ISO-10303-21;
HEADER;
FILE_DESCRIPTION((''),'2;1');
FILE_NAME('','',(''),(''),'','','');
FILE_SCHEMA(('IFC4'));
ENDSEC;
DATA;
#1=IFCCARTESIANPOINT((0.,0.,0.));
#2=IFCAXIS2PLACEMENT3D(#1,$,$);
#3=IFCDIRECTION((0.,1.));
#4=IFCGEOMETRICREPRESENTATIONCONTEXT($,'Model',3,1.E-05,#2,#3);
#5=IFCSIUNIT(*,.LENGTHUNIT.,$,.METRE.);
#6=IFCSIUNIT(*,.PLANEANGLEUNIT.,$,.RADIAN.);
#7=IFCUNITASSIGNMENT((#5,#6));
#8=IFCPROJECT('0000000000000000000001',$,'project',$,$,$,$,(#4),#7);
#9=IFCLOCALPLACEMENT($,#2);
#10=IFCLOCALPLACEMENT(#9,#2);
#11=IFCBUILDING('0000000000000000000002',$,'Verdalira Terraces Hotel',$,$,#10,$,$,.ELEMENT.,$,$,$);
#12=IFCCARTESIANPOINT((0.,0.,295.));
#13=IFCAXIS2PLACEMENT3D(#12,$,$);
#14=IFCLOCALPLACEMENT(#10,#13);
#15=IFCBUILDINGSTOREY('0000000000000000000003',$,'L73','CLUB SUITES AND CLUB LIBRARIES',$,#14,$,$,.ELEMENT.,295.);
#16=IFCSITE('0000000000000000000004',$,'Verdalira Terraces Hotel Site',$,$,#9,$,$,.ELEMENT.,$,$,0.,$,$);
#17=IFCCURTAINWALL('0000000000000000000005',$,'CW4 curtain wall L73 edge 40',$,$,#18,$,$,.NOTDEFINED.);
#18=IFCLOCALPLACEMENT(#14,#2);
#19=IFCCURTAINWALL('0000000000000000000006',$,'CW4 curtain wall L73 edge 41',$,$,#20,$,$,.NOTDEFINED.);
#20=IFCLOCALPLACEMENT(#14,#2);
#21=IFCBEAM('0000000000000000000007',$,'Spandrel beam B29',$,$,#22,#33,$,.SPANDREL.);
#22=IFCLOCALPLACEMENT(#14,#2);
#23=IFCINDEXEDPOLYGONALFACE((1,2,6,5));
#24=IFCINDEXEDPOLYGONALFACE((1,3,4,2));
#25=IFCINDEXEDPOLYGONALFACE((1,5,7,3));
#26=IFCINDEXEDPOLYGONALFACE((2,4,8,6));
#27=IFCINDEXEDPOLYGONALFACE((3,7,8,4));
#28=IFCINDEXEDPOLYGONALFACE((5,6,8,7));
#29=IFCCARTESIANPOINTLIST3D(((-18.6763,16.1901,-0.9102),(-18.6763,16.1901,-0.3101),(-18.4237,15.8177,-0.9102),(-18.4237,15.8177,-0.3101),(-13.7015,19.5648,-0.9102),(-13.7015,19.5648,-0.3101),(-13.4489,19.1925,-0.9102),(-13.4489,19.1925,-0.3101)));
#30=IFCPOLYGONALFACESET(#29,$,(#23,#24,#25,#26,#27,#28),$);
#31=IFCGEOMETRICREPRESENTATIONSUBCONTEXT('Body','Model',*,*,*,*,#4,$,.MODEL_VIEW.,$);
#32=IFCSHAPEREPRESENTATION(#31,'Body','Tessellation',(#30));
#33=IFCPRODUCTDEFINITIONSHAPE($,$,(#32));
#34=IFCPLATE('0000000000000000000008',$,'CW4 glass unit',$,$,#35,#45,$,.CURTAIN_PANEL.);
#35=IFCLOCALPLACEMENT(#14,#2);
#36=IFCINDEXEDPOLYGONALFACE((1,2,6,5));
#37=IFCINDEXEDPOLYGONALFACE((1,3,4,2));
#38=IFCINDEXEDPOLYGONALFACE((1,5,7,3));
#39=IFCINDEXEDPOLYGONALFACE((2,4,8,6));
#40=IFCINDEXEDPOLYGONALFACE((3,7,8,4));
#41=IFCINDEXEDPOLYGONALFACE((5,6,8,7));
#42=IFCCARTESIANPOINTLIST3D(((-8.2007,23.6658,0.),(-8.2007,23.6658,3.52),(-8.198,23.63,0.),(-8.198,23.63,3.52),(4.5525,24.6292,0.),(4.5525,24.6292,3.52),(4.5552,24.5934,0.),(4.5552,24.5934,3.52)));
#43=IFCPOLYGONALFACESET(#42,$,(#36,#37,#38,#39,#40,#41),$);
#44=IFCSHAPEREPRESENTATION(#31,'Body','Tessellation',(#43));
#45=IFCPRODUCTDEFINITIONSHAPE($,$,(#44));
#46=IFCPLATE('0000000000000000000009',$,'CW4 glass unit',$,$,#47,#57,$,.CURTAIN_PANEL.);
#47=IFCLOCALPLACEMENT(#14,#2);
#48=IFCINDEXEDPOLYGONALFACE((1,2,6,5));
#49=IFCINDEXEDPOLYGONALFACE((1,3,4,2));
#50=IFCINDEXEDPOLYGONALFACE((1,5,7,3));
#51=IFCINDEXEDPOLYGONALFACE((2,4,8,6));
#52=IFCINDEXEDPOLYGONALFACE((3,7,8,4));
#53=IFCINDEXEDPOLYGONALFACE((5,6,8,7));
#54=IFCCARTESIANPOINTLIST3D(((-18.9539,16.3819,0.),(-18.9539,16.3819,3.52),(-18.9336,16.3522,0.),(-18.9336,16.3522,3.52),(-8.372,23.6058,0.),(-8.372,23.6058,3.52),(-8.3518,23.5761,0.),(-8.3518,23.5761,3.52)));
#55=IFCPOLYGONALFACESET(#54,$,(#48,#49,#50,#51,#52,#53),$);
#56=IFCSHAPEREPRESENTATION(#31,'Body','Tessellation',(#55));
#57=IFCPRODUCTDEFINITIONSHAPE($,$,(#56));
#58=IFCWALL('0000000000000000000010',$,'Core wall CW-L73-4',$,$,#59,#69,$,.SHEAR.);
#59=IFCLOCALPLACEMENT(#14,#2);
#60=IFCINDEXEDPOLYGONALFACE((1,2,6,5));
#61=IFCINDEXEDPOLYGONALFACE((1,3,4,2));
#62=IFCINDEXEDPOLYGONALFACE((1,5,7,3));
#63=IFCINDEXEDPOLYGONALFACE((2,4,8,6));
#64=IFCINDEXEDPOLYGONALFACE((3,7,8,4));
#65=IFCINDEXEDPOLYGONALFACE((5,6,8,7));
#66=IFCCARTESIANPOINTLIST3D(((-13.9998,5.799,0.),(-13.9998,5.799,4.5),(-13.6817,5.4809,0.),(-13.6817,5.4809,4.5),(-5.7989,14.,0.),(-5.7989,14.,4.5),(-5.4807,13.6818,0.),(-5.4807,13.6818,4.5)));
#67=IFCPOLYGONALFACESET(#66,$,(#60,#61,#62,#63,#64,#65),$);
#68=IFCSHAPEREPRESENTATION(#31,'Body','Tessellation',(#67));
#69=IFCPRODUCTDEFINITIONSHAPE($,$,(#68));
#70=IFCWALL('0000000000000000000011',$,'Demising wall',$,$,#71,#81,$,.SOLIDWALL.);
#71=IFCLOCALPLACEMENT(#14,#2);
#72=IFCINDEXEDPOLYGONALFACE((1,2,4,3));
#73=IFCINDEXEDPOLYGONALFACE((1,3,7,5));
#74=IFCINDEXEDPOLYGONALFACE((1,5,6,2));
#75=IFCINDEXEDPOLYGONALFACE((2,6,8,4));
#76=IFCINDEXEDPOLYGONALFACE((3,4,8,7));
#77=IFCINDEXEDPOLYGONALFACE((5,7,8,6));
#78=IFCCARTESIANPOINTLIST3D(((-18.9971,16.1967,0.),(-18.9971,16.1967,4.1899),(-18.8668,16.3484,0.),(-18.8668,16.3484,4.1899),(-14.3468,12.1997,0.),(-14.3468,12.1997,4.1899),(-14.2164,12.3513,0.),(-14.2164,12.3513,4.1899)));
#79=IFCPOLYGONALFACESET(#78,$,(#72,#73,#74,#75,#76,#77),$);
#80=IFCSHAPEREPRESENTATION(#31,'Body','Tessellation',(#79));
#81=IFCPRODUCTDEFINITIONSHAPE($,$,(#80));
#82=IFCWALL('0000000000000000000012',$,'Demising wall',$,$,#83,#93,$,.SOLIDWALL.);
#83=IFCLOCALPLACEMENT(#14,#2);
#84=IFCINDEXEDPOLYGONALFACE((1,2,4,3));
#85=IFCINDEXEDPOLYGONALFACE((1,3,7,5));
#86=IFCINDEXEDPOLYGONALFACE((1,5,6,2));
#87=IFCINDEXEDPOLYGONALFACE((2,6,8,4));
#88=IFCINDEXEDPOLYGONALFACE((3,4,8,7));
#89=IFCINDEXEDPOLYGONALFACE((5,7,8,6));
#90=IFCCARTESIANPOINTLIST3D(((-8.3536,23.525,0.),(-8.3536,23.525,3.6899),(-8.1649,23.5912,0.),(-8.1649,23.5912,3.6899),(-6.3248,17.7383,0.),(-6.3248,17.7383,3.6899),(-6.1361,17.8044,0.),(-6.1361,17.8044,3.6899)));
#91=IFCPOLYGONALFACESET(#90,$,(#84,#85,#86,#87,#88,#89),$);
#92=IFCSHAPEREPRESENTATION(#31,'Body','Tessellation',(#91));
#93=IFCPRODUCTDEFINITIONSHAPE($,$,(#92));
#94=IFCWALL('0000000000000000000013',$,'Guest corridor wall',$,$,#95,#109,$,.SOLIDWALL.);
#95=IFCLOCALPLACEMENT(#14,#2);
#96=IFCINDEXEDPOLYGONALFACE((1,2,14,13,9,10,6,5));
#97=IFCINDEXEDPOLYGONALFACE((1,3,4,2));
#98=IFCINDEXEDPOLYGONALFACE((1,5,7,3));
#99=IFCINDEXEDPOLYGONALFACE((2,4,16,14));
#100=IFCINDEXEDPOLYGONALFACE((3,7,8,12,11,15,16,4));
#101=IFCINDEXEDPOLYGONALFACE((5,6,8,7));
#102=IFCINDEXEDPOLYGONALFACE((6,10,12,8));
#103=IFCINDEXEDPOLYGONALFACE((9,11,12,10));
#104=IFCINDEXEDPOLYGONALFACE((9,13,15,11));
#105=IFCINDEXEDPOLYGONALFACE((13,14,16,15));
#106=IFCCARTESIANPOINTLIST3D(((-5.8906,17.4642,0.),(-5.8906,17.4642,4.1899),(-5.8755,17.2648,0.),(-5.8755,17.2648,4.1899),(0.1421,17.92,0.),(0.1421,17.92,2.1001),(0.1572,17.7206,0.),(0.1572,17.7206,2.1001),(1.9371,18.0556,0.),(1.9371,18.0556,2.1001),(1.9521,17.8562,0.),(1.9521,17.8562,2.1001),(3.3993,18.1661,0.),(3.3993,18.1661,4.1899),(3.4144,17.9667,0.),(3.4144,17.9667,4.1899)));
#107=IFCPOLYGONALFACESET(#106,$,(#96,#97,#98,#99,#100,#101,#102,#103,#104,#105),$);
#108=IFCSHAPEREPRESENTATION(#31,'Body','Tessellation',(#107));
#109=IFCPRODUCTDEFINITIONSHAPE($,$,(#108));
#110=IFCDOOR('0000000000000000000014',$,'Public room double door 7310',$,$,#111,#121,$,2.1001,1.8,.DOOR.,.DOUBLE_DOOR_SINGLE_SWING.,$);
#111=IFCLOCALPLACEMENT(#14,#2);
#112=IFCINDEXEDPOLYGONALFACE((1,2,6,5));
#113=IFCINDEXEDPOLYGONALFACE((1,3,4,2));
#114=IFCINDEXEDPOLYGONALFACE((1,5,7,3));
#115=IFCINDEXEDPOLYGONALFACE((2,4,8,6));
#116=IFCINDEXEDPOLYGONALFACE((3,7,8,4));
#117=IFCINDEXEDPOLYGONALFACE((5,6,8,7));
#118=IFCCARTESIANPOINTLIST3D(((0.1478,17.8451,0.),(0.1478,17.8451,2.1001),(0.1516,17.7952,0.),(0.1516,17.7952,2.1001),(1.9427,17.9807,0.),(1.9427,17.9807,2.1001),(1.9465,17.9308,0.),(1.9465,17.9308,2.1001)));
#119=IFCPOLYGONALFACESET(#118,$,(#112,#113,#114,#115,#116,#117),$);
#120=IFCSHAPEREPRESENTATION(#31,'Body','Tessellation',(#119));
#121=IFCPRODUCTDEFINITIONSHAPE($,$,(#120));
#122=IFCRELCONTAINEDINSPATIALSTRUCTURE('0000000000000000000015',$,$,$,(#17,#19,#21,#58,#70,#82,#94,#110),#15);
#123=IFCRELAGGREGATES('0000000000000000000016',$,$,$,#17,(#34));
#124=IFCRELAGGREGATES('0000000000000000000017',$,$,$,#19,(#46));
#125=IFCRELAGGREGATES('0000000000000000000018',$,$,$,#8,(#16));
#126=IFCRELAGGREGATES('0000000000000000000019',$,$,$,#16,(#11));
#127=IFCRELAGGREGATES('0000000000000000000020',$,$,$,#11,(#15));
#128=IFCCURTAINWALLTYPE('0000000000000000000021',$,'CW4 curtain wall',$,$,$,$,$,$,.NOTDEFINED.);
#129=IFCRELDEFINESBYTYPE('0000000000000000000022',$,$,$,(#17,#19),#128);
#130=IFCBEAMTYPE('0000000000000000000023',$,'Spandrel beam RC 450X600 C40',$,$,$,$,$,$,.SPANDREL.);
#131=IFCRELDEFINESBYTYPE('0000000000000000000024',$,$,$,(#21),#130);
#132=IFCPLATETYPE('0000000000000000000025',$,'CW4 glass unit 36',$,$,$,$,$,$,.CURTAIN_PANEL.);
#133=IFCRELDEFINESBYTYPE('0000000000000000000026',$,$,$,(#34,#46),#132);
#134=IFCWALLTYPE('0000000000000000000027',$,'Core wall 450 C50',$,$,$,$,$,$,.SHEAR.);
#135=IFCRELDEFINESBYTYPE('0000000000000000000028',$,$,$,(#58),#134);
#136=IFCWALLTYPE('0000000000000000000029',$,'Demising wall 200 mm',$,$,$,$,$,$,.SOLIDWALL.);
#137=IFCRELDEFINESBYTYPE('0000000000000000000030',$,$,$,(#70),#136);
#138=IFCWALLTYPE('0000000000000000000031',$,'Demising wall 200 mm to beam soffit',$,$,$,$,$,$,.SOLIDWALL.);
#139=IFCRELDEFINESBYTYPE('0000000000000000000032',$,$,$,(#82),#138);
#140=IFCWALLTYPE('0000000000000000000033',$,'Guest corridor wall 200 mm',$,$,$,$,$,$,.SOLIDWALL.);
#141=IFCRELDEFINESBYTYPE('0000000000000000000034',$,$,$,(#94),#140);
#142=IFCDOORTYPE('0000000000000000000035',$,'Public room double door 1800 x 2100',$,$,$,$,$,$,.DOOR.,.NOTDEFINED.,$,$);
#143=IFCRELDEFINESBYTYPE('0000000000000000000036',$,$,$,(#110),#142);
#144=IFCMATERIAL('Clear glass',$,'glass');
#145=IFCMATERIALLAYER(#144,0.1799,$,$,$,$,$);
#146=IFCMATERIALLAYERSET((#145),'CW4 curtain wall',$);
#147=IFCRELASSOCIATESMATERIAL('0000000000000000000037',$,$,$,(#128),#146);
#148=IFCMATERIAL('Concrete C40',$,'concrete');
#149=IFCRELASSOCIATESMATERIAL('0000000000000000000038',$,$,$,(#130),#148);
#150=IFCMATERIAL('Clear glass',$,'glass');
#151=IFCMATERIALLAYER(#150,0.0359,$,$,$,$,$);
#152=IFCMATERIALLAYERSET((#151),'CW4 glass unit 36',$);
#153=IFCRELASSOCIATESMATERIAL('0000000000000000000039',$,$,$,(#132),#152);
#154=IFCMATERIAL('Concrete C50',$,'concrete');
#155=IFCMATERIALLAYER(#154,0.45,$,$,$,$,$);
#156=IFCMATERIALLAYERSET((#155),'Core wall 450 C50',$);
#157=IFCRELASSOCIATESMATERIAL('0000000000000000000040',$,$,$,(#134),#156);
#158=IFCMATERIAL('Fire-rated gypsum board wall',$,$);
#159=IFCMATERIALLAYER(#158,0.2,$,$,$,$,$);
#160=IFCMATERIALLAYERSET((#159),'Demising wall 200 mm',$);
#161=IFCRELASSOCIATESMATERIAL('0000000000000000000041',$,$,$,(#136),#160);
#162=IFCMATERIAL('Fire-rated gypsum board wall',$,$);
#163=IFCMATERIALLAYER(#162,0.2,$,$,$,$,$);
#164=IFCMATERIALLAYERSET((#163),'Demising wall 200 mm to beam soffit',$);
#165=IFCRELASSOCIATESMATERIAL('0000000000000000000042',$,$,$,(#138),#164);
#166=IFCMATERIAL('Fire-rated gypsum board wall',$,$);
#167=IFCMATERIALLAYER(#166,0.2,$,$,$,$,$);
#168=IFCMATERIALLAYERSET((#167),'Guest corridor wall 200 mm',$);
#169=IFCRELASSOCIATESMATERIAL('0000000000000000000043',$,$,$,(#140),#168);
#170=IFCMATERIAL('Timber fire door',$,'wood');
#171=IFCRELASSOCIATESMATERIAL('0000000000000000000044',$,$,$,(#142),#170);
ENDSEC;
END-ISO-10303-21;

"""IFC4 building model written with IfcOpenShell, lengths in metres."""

from ifc_helpers import new_model, si_unit, direction, frame, frame_2d, origin, origin_2d, place, context, subcontext, project, spatial, rectangle, extrude, material, layer, layer_set, material_profile, profile_set, type_object, element, fill, aggregate, save


model = new_model("IFC4")

# Units and contexts
model_context = context("Model", 3, precision=1e-05, world=origin(), true_north=direction((0.0, 1.0)))
body_context = subcontext(model_context, "Body", "Model", "MODEL_VIEW")
ifc_project = project(units=[si_unit("LENGTHUNIT", "METRE"), si_unit("PLANEANGLEUNIT", "RADIAN")], contexts=[model_context])

# Site, building, storey
site_placement = place(None, origin())
site = spatial("IfcSite", under=ifc_project, at=site_placement, Name="Verdalira Terraces Hotel Site", CompositionType="ELEMENT", RefElevation=0.0)
building_placement = place(site_placement, origin())
building = spatial("IfcBuilding", under=site, at=building_placement, Name="Verdalira Terraces Hotel", CompositionType="ELEMENT")
storey_placement = place(building_placement, frame((0.0, 0.0, 295.0)))
storey = spatial("IfcBuildingStorey", under=building, at=storey_placement, Name="L73", Description="CLUB SUITES AND CLUB LIBRARIES", CompositionType="ELEMENT", Elevation=295.0)

# Curtain wall
ifc_material_1 = material(Name="Clear glass", Category="glass")
ifc_layer_1 = layer(ifc_material_1, 0.1799)
ifc_layer_set_1 = layer_set([ifc_layer_1], Name="CW4 curtain wall")
curtain_wall_type = type_object("IfcCurtainWallType", Name="CW4 curtain wall", PredefinedType="NOTDEFINED", material=ifc_layer_set_1)
curtain_wall_1_placement = place(storey_placement, origin())
curtain_wall_1 = element("IfcCurtainWall", 1, at=curtain_wall_1_placement, inside=storey, type_object=curtain_wall_type, Name="CW4 curtain wall L73 edge 40", PredefinedType="NOTDEFINED")

# Curtain wall
curtain_wall_2_placement = place(storey_placement, origin())
curtain_wall_2 = element("IfcCurtainWall", 2, at=curtain_wall_2_placement, inside=storey, type_object=curtain_wall_type, Name="CW4 curtain wall L73 edge 41", PredefinedType="NOTDEFINED")

# Beam
ifc_material_2 = material(Name="Concrete C40", Category="concrete")
ifc_material_profile_1 = material_profile(ifc_material_2, rectangle(XDim=0.45, YDim=0.6001, at=origin_2d()), Name="RC 450X600")
ifc_profile_set_1 = profile_set([ifc_material_profile_1], Name="Concrete C40")
beam_type = type_object("IfcBeamType", Name="Spandrel beam RC 450X600 C40", PredefinedType="SPANDREL", material=ifc_profile_set_1)
beam_1_placement = place(storey_placement, frame((-13.5752, 19.3787, -0.6101), z_axis=(-0.827556, -0.561383, 0.0), x_axis=(0.561383, -0.827556, 0.0)))
element("IfcBeam", 3, at=beam_1_placement, inside=storey, type_object=beam_type, Name="Spandrel beam B29", PredefinedType="SPANDREL", context=body_context, shape_type="SweptSolid", body=[
    extrude(rectangle(XDim=0.45, YDim=0.6001, at=origin_2d()), origin(), (0.0, 0.0, 1.0), 6.0115),
])

# Plates
ifc_material_3 = material(Name="Clear glass", Category="glass")
ifc_layer_2 = layer(ifc_material_3, 0.0359)
ifc_layer_set_2 = layer_set([ifc_layer_2], Name="CW4 glass unit 36")
plate_type = type_object("IfcPlateType", Name="CW4 glass unit 36", PredefinedType="CURTAIN_PANEL", material=ifc_layer_set_2)
plate_1_placement = place(storey_placement, frame((-1.8228, 24.1296, 0.0), z_axis=(0.0, 0.0, 1.0), x_axis=(-0.997159, -0.075327, 0.0)))
plate_1 = element("IfcPlate", 4, at=plate_1_placement, type_object=plate_type, Name="CW4 glass unit", PredefinedType="CURTAIN_PANEL", context=body_context, shape_type="SweptSolid", body=[
    extrude(rectangle(XDim=12.7896, YDim=0.0359, at=origin_2d()), origin(), (0.0, 0.0, 1.0), 3.52),
])
aggregate(curtain_wall_1, [plate_1])
plate_2_placement = place(storey_placement, frame((-13.6528, 19.979, 0.0), z_axis=(0.0, 0.0, 1.0), x_axis=(-0.825902, -0.563814, 0.0)))
plate_2 = element("IfcPlate", 5, at=plate_2_placement, type_object=plate_type, Name="CW4 glass unit", PredefinedType="CURTAIN_PANEL", context=body_context, shape_type="SweptSolid", body=[
    extrude(rectangle(XDim=12.8125, YDim=0.0359, at=origin_2d()), origin(), (0.0, 0.0, 1.0), 3.52),
])
aggregate(curtain_wall_2, [plate_2])

# Walls
ifc_material_4 = material(Name="Concrete C50", Category="concrete")
ifc_layer_3 = layer(ifc_material_4, 0.45)
ifc_layer_set_3 = layer_set([ifc_layer_3], Name="Core wall 450 C50")
wall_type_1 = type_object("IfcWallType", Name="Core wall 450 C50", PredefinedType="SHEAR", material=ifc_layer_set_3)
wall_1_placement = place(storey_placement, frame((-5.6399, 13.8408, 0.0), z_axis=(0.0, 0.0, 1.0), x_axis=(-0.707107, -0.707107, 0.0)))
element("IfcWall", 6, at=wall_1_placement, inside=storey, type_object=wall_type_1, Name="Core wall CW-L73-4", PredefinedType="SHEAR", context=body_context, shape_type="SweptSolid", body=[
    extrude(rectangle(XDim=11.5979, YDim=0.45, at=frame_2d((5.7988, 0.0))), origin(), (0.0, 0.0, 1.0), 4.5),
])
ifc_material_5 = material(Name="Fire-rated gypsum board wall")
ifc_layer_4 = layer(ifc_material_5, 0.2)
ifc_layer_set_4 = layer_set([ifc_layer_4], Name="Demising wall 200 mm")
wall_type_2 = type_object("IfcWallType", Name="Demising wall 200 mm", PredefinedType="SOLIDWALL", material=ifc_layer_set_4)
wall_2_placement = place(storey_placement, frame((-18.9319, 16.2725, 0.0), z_axis=(0.0, 0.0, 1.0), x_axis=(0.758368, -0.651827, 0.0)))
element("IfcWall", 7, at=wall_2_placement, inside=storey, type_object=wall_type_2, Name="Demising wall", PredefinedType="SOLIDWALL", context=body_context, shape_type="SweptSolid", body=[
    extrude(rectangle(XDim=6.1321, YDim=0.2, at=frame_2d((3.0659, 0.0))), origin(), (0.0, 0.0, 1.0), 4.1899),
])
ifc_material_6 = material(Name="Fire-rated gypsum board wall")
ifc_layer_5 = layer(ifc_material_6, 0.2)
ifc_layer_set_5 = layer_set([ifc_layer_5], Name="Demising wall 200 mm to beam soffit")
wall_type_3 = type_object("IfcWallType", Name="Demising wall 200 mm to beam soffit", PredefinedType="SOLIDWALL", material=ifc_layer_set_5)
wall_3_placement = place(storey_placement, frame((-6.2305, 17.7715, 0.0), z_axis=(0.0, 0.0, 1.0), x_axis=(-0.330858, 0.943681, 0.0)))
element("IfcWall", 8, at=wall_3_placement, inside=storey, type_object=wall_type_3, Name="Demising wall", PredefinedType="SOLIDWALL", context=body_context, shape_type="SweptSolid", body=[
    extrude(rectangle(XDim=6.1321, YDim=0.2, at=frame_2d((3.0659, 0.0))), origin(), (0.0, 0.0, 1.0), 3.6899),
])

# Wall, opening, door
ifc_material_7 = material(Name="Fire-rated gypsum board wall")
ifc_layer_6 = layer(ifc_material_7, 0.2)
ifc_layer_set_6 = layer_set([ifc_layer_6], Name="Guest corridor wall 200 mm")
wall_type_4 = type_object("IfcWallType", Name="Guest corridor wall 200 mm", PredefinedType="SOLIDWALL", material=ifc_layer_set_6)
wall_4_placement = place(storey_placement, frame((-5.8831, 17.3645, 0.0), z_axis=(0.0, 0.0, 1.0), x_axis=(0.997158, 0.07534, 0.0)))
wall_4 = element("IfcWall", 9, at=wall_4_placement, inside=storey, type_object=wall_type_4, Name="Guest corridor wall", PredefinedType="SOLIDWALL", context=body_context, shape_type="SweptSolid", body=[
    extrude(rectangle(XDim=9.3164, YDim=0.2, at=frame_2d((4.6582, 0.0))), origin(), (0.0, 0.0, 1.0), 4.1899),
])
opening_placement = place(wall_4_placement, frame((6.05, 0.0, 0.0)))
opening = element("IfcOpeningElement", 10, at=opening_placement, cuts=wall_4, PredefinedType="OPENING", context=body_context, shape_type="SweptSolid", body=[
    extrude(rectangle(XDim=1.8, YDim=2.1001, at=frame_2d((0.8999, 1.05))), frame((0.0, 0.1099, 0.0), z_axis=(0.0, -1.0, 0.0), x_axis=(1.0, 0.0, 0.0)), (0.0, 0.0, 1.0), 0.22),
])
ifc_material_8 = material(Name="Timber fire door", Category="wood")
door_type = type_object("IfcDoorType", Name="Public room double door 1800 x 2100", OperationType="NOTDEFINED", PredefinedType="DOOR", material=ifc_material_8)
door_placement = place(opening_placement, origin())
door = element("IfcDoor", 11, at=door_placement, inside=storey, type_object=door_type, Name="Public room double door 7310", OperationType="DOUBLE_DOOR_SINGLE_SWING", OverallHeight=2.1001, OverallWidth=1.8, PredefinedType="DOOR", context=body_context, shape_type="SweptSolid", body=[
    extrude(rectangle(XDim=1.8, YDim=2.1001, at=frame_2d((0.8999, 1.05))), frame((0.0, 0.0249, 0.0), z_axis=(0.0, -1.0, 0.0), x_axis=(1.0, 0.0, 0.0)), (0.0, 0.0, 1.0), 0.05),
])
fill(opening, door)

save(model, "model.ifc")
